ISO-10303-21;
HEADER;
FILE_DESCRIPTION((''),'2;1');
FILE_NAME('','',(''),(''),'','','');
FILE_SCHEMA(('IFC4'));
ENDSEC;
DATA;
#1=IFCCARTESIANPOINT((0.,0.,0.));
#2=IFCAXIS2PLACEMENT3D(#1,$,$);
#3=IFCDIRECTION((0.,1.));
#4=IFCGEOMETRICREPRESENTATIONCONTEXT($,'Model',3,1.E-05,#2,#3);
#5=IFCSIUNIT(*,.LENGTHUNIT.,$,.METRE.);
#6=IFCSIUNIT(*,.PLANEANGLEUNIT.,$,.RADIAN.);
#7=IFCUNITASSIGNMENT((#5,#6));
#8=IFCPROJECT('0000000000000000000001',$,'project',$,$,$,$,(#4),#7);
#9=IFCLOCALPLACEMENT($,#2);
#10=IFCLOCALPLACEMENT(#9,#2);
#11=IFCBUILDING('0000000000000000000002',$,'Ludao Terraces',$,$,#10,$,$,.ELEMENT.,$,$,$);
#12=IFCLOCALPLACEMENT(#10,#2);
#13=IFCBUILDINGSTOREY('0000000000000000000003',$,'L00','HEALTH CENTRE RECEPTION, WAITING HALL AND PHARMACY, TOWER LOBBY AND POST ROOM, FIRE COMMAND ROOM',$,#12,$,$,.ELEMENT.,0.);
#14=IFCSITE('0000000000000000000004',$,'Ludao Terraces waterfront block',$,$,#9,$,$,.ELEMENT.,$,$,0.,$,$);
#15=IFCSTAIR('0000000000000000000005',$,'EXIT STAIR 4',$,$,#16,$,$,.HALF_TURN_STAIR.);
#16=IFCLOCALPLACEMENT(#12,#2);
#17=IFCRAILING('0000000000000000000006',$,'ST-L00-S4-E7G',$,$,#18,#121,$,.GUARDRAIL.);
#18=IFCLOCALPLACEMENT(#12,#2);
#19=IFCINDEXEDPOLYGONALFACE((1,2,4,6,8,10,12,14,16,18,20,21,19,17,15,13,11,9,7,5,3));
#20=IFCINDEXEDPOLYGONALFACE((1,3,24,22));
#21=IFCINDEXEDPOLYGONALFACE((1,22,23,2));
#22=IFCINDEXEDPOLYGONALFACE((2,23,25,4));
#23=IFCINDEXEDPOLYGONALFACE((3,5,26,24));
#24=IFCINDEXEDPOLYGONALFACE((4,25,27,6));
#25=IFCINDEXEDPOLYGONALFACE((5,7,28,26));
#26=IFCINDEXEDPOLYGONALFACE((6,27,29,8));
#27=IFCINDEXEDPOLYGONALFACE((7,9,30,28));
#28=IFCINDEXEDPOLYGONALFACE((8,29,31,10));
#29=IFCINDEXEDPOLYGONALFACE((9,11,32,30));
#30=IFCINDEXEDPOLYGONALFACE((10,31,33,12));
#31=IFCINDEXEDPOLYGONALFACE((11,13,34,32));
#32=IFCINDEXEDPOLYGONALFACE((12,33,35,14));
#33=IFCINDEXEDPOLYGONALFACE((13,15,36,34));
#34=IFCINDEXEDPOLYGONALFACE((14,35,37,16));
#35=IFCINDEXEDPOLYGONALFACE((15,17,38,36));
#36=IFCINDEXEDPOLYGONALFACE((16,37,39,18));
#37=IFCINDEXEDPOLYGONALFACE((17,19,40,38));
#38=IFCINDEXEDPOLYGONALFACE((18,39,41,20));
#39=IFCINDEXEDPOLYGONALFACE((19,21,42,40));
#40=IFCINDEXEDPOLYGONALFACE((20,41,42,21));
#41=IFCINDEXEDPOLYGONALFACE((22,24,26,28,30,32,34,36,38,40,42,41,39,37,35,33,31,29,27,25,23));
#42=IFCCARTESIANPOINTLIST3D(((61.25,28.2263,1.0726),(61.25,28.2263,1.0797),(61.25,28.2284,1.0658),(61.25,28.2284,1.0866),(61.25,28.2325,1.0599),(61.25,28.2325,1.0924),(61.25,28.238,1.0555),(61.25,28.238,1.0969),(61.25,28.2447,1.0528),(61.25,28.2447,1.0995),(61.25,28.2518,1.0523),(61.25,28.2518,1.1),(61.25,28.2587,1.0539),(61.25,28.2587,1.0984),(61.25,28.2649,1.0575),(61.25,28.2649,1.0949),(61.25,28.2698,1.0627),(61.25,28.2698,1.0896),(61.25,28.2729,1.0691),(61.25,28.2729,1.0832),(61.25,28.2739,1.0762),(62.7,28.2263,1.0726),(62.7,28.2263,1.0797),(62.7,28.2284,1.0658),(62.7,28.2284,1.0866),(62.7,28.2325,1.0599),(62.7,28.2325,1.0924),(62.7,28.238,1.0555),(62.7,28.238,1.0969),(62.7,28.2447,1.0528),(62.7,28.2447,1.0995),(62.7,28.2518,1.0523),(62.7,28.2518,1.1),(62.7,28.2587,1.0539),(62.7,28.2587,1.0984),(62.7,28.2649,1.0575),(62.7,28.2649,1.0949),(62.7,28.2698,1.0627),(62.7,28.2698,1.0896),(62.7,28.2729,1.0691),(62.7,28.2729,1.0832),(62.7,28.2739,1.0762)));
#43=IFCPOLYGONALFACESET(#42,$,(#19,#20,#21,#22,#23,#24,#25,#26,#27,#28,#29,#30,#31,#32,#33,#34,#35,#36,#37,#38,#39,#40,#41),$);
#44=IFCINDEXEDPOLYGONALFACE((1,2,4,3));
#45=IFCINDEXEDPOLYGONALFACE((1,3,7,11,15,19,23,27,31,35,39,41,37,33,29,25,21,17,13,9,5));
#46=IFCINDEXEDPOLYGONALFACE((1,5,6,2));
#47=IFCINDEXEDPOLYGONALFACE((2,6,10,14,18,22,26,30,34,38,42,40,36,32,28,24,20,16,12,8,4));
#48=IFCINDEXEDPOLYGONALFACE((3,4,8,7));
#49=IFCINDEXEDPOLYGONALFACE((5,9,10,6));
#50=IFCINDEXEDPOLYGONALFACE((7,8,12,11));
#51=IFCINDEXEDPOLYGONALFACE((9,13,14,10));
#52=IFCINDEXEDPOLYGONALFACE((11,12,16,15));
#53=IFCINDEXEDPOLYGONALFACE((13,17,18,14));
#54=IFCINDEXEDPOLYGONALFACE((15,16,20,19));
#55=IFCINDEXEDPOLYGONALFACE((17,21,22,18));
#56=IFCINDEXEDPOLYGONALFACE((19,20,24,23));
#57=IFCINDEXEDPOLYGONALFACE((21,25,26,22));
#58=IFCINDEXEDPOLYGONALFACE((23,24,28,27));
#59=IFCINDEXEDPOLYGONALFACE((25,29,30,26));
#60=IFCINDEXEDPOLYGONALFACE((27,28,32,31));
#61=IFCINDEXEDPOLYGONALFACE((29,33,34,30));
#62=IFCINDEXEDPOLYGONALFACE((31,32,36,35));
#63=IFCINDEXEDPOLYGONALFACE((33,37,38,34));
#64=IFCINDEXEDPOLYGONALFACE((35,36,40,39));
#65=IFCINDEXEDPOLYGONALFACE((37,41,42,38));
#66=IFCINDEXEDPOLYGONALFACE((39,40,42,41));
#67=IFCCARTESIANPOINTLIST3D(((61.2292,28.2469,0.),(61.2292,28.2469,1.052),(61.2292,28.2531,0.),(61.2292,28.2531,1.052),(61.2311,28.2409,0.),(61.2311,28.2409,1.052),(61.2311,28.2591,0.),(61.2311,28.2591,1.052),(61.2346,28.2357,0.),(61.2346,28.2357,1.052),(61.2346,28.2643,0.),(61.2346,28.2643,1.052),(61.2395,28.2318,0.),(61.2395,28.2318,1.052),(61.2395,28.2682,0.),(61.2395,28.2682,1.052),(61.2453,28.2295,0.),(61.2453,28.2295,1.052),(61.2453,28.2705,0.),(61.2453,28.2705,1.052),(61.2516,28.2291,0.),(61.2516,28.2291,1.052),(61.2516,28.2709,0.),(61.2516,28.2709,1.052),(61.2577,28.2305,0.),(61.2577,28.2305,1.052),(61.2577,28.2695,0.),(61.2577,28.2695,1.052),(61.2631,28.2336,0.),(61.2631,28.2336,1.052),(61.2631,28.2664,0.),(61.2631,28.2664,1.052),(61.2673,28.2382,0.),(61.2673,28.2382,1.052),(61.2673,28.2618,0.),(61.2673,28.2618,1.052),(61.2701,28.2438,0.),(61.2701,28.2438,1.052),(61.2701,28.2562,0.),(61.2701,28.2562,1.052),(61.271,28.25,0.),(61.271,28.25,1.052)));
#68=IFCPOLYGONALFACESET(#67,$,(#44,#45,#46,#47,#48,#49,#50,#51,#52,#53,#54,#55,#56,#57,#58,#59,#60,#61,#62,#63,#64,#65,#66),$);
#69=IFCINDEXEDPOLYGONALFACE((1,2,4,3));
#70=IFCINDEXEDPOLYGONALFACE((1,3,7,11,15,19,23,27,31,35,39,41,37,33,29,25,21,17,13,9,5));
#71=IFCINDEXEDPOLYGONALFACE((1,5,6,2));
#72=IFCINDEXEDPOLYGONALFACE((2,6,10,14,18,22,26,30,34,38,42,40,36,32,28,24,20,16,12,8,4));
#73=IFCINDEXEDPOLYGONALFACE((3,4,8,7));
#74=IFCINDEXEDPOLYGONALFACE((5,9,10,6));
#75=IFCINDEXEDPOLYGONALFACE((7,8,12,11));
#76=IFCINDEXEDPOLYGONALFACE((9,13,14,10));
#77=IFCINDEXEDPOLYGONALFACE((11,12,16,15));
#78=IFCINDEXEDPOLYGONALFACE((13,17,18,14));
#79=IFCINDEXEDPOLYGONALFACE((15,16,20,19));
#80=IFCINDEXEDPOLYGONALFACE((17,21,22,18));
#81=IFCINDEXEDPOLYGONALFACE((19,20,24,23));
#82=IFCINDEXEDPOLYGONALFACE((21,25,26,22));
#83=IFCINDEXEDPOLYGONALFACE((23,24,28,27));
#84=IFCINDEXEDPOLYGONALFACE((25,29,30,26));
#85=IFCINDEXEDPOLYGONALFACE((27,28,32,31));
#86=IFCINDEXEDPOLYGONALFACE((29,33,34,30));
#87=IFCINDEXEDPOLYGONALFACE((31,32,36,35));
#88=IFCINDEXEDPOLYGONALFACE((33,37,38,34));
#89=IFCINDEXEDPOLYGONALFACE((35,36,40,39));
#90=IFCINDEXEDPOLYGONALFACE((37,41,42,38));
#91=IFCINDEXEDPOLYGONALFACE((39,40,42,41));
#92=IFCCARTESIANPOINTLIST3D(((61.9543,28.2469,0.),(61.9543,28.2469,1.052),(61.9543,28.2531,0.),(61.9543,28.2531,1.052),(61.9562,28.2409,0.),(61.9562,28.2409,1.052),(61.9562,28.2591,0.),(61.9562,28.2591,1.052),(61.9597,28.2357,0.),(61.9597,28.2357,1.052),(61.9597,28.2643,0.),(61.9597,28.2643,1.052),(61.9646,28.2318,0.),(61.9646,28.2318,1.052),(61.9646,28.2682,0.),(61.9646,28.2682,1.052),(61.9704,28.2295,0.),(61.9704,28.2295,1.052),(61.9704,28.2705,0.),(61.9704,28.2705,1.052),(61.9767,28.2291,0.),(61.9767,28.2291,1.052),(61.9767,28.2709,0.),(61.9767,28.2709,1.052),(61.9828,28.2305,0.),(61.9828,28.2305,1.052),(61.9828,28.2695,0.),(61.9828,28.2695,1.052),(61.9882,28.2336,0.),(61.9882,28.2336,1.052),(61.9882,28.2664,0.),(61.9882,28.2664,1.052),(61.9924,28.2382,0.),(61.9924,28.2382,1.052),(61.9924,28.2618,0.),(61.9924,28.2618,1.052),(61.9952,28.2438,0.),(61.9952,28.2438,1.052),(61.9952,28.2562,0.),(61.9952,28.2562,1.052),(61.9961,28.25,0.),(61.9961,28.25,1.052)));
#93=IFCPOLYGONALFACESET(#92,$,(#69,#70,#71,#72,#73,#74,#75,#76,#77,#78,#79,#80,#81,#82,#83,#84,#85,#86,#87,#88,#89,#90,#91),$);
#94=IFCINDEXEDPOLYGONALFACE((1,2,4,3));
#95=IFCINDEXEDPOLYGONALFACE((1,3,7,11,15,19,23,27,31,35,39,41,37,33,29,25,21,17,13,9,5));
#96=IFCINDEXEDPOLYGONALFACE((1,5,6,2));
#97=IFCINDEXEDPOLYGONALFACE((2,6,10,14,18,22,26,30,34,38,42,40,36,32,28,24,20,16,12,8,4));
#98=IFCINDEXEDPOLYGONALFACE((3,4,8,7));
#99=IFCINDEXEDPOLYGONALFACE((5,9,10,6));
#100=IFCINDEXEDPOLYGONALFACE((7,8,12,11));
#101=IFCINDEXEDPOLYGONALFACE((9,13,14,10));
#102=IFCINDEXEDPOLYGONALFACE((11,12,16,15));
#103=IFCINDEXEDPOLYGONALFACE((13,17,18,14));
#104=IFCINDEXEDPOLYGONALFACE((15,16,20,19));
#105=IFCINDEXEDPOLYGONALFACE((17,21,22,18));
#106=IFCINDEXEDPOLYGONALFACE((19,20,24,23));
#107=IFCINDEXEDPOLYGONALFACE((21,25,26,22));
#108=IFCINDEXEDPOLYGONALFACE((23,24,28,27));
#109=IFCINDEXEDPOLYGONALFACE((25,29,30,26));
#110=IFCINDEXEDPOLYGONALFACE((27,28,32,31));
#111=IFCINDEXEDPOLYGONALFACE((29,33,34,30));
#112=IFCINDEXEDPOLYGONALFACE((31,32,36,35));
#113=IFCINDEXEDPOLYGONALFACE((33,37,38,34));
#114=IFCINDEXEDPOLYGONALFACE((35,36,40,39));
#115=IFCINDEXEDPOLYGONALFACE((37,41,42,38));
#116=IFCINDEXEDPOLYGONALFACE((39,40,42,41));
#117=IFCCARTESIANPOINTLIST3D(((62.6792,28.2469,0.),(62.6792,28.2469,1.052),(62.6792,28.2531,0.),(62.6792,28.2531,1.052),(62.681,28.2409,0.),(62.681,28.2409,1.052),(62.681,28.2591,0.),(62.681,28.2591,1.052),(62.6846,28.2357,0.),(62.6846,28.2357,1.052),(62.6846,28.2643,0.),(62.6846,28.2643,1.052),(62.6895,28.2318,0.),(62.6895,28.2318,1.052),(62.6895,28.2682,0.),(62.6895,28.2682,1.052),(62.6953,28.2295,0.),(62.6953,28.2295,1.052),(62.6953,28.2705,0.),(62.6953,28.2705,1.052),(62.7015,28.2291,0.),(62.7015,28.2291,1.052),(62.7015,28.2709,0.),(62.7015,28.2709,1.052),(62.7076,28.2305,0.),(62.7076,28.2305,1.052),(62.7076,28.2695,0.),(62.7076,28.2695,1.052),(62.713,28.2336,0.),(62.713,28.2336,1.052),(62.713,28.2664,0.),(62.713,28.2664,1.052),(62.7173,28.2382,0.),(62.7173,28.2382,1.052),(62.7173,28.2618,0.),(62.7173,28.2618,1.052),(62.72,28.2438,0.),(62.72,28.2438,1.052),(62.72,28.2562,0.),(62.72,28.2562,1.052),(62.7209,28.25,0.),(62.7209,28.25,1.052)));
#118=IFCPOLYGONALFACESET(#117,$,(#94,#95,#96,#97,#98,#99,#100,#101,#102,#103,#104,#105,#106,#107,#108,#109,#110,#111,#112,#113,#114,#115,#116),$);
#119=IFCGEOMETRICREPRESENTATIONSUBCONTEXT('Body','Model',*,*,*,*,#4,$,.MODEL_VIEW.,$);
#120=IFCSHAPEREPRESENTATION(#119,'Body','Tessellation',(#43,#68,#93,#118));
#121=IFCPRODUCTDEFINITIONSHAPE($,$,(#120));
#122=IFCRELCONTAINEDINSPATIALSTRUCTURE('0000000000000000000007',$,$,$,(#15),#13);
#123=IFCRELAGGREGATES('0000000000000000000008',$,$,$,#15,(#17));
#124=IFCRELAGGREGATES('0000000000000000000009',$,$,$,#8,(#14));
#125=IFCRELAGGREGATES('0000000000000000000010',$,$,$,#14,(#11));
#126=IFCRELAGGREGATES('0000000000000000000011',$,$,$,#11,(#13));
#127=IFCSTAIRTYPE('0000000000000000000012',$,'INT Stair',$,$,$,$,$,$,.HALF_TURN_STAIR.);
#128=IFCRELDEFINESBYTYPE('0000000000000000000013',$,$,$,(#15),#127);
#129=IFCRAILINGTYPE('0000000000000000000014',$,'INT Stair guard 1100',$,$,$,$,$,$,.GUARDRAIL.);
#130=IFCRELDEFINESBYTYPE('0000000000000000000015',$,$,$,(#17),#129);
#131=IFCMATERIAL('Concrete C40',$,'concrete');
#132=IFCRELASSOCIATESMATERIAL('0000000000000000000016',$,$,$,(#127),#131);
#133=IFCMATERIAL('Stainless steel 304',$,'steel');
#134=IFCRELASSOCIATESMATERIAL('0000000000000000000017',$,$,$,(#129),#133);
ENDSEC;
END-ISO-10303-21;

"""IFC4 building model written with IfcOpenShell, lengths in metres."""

from ifc_helpers import new_model, si_unit, direction, frame, origin, origin_2d, place, context, subcontext, project, spatial, circle, extrude, material, type_object, element, aggregate, save


model = new_model("IFC4")

# Units and contexts
model_context = context("Model", 3, precision=1e-05, world=origin(), true_north=direction((0.0, 1.0)))
body_context = subcontext(model_context, "Body", "Model", "MODEL_VIEW")
ifc_project = project(units=[si_unit("LENGTHUNIT", "METRE"), si_unit("PLANEANGLEUNIT", "RADIAN")], contexts=[model_context])

# Site, building, storey
site_placement = place(None, origin())
site = spatial("IfcSite", under=ifc_project, at=site_placement, Name="Ludao Terraces waterfront block", CompositionType="ELEMENT", RefElevation=0.0)
building_placement = place(site_placement, origin())
building = spatial("IfcBuilding", under=site, at=building_placement, Name="Ludao Terraces", CompositionType="ELEMENT")
storey_placement = place(building_placement, origin())
storey = spatial("IfcBuildingStorey", under=building, at=storey_placement, Name="L00", Description="HEALTH CENTRE RECEPTION, WAITING HALL AND PHARMACY, TOWER LOBBY AND POST ROOM, FIRE COMMAND ROOM", CompositionType="ELEMENT", Elevation=0.0)

# Shared definitions
ifc_material_1 = material(Name="Concrete C40", Category="concrete")

# Stair, railing
stair_type = type_object("IfcStairType", Name="INT Stair", PredefinedType="HALF_TURN_STAIR", material=ifc_material_1)
stair_placement = place(storey_placement, origin())
stair = element("IfcStair", 1, at=stair_placement, inside=storey, type_object=stair_type, Name="EXIT STAIR 4", PredefinedType="HALF_TURN_STAIR")
ifc_material_2 = material(Name="Stainless steel 304", Category="steel")
railing_type_1 = type_object("IfcRailingType", Name="INT Stair guard 1100", PredefinedType="GUARDRAIL", material=ifc_material_2)
railing_1_placement = place(storey_placement, frame((61.25, 28.25, 0.0)))
railing_1 = element("IfcRailing", 2, at=railing_1_placement, type_object=railing_type_1, Name="ST-L00-S4-E7G", PredefinedType="GUARDRAIL", context=body_context, shape_type="SweptSolid", body=[
    extrude(circle(Radius=0.0239, at=origin_2d()), frame((0.0, 0.0, 1.0762), z_axis=(1.0, 0.0, 0.0), x_axis=(0.0, 1.0, 0.0)), (0.0, 0.0, 1.0), 1.45),
    extrude(circle(Radius=0.021, at=origin_2d()), origin(), (0.0, 0.0, 1.0), 1.052),
    extrude(circle(Radius=0.021, at=origin_2d()), frame((0.7251, 0.0, 0.0)), (0.0, 0.0, 1.0), 1.052),
    extrude(circle(Radius=0.021, at=origin_2d()), frame((1.45, 0.0, 0.0)), (0.0, 0.0, 1.0), 1.052),
])
aggregate(stair, [railing_1])

save(model, "model.ifc")
